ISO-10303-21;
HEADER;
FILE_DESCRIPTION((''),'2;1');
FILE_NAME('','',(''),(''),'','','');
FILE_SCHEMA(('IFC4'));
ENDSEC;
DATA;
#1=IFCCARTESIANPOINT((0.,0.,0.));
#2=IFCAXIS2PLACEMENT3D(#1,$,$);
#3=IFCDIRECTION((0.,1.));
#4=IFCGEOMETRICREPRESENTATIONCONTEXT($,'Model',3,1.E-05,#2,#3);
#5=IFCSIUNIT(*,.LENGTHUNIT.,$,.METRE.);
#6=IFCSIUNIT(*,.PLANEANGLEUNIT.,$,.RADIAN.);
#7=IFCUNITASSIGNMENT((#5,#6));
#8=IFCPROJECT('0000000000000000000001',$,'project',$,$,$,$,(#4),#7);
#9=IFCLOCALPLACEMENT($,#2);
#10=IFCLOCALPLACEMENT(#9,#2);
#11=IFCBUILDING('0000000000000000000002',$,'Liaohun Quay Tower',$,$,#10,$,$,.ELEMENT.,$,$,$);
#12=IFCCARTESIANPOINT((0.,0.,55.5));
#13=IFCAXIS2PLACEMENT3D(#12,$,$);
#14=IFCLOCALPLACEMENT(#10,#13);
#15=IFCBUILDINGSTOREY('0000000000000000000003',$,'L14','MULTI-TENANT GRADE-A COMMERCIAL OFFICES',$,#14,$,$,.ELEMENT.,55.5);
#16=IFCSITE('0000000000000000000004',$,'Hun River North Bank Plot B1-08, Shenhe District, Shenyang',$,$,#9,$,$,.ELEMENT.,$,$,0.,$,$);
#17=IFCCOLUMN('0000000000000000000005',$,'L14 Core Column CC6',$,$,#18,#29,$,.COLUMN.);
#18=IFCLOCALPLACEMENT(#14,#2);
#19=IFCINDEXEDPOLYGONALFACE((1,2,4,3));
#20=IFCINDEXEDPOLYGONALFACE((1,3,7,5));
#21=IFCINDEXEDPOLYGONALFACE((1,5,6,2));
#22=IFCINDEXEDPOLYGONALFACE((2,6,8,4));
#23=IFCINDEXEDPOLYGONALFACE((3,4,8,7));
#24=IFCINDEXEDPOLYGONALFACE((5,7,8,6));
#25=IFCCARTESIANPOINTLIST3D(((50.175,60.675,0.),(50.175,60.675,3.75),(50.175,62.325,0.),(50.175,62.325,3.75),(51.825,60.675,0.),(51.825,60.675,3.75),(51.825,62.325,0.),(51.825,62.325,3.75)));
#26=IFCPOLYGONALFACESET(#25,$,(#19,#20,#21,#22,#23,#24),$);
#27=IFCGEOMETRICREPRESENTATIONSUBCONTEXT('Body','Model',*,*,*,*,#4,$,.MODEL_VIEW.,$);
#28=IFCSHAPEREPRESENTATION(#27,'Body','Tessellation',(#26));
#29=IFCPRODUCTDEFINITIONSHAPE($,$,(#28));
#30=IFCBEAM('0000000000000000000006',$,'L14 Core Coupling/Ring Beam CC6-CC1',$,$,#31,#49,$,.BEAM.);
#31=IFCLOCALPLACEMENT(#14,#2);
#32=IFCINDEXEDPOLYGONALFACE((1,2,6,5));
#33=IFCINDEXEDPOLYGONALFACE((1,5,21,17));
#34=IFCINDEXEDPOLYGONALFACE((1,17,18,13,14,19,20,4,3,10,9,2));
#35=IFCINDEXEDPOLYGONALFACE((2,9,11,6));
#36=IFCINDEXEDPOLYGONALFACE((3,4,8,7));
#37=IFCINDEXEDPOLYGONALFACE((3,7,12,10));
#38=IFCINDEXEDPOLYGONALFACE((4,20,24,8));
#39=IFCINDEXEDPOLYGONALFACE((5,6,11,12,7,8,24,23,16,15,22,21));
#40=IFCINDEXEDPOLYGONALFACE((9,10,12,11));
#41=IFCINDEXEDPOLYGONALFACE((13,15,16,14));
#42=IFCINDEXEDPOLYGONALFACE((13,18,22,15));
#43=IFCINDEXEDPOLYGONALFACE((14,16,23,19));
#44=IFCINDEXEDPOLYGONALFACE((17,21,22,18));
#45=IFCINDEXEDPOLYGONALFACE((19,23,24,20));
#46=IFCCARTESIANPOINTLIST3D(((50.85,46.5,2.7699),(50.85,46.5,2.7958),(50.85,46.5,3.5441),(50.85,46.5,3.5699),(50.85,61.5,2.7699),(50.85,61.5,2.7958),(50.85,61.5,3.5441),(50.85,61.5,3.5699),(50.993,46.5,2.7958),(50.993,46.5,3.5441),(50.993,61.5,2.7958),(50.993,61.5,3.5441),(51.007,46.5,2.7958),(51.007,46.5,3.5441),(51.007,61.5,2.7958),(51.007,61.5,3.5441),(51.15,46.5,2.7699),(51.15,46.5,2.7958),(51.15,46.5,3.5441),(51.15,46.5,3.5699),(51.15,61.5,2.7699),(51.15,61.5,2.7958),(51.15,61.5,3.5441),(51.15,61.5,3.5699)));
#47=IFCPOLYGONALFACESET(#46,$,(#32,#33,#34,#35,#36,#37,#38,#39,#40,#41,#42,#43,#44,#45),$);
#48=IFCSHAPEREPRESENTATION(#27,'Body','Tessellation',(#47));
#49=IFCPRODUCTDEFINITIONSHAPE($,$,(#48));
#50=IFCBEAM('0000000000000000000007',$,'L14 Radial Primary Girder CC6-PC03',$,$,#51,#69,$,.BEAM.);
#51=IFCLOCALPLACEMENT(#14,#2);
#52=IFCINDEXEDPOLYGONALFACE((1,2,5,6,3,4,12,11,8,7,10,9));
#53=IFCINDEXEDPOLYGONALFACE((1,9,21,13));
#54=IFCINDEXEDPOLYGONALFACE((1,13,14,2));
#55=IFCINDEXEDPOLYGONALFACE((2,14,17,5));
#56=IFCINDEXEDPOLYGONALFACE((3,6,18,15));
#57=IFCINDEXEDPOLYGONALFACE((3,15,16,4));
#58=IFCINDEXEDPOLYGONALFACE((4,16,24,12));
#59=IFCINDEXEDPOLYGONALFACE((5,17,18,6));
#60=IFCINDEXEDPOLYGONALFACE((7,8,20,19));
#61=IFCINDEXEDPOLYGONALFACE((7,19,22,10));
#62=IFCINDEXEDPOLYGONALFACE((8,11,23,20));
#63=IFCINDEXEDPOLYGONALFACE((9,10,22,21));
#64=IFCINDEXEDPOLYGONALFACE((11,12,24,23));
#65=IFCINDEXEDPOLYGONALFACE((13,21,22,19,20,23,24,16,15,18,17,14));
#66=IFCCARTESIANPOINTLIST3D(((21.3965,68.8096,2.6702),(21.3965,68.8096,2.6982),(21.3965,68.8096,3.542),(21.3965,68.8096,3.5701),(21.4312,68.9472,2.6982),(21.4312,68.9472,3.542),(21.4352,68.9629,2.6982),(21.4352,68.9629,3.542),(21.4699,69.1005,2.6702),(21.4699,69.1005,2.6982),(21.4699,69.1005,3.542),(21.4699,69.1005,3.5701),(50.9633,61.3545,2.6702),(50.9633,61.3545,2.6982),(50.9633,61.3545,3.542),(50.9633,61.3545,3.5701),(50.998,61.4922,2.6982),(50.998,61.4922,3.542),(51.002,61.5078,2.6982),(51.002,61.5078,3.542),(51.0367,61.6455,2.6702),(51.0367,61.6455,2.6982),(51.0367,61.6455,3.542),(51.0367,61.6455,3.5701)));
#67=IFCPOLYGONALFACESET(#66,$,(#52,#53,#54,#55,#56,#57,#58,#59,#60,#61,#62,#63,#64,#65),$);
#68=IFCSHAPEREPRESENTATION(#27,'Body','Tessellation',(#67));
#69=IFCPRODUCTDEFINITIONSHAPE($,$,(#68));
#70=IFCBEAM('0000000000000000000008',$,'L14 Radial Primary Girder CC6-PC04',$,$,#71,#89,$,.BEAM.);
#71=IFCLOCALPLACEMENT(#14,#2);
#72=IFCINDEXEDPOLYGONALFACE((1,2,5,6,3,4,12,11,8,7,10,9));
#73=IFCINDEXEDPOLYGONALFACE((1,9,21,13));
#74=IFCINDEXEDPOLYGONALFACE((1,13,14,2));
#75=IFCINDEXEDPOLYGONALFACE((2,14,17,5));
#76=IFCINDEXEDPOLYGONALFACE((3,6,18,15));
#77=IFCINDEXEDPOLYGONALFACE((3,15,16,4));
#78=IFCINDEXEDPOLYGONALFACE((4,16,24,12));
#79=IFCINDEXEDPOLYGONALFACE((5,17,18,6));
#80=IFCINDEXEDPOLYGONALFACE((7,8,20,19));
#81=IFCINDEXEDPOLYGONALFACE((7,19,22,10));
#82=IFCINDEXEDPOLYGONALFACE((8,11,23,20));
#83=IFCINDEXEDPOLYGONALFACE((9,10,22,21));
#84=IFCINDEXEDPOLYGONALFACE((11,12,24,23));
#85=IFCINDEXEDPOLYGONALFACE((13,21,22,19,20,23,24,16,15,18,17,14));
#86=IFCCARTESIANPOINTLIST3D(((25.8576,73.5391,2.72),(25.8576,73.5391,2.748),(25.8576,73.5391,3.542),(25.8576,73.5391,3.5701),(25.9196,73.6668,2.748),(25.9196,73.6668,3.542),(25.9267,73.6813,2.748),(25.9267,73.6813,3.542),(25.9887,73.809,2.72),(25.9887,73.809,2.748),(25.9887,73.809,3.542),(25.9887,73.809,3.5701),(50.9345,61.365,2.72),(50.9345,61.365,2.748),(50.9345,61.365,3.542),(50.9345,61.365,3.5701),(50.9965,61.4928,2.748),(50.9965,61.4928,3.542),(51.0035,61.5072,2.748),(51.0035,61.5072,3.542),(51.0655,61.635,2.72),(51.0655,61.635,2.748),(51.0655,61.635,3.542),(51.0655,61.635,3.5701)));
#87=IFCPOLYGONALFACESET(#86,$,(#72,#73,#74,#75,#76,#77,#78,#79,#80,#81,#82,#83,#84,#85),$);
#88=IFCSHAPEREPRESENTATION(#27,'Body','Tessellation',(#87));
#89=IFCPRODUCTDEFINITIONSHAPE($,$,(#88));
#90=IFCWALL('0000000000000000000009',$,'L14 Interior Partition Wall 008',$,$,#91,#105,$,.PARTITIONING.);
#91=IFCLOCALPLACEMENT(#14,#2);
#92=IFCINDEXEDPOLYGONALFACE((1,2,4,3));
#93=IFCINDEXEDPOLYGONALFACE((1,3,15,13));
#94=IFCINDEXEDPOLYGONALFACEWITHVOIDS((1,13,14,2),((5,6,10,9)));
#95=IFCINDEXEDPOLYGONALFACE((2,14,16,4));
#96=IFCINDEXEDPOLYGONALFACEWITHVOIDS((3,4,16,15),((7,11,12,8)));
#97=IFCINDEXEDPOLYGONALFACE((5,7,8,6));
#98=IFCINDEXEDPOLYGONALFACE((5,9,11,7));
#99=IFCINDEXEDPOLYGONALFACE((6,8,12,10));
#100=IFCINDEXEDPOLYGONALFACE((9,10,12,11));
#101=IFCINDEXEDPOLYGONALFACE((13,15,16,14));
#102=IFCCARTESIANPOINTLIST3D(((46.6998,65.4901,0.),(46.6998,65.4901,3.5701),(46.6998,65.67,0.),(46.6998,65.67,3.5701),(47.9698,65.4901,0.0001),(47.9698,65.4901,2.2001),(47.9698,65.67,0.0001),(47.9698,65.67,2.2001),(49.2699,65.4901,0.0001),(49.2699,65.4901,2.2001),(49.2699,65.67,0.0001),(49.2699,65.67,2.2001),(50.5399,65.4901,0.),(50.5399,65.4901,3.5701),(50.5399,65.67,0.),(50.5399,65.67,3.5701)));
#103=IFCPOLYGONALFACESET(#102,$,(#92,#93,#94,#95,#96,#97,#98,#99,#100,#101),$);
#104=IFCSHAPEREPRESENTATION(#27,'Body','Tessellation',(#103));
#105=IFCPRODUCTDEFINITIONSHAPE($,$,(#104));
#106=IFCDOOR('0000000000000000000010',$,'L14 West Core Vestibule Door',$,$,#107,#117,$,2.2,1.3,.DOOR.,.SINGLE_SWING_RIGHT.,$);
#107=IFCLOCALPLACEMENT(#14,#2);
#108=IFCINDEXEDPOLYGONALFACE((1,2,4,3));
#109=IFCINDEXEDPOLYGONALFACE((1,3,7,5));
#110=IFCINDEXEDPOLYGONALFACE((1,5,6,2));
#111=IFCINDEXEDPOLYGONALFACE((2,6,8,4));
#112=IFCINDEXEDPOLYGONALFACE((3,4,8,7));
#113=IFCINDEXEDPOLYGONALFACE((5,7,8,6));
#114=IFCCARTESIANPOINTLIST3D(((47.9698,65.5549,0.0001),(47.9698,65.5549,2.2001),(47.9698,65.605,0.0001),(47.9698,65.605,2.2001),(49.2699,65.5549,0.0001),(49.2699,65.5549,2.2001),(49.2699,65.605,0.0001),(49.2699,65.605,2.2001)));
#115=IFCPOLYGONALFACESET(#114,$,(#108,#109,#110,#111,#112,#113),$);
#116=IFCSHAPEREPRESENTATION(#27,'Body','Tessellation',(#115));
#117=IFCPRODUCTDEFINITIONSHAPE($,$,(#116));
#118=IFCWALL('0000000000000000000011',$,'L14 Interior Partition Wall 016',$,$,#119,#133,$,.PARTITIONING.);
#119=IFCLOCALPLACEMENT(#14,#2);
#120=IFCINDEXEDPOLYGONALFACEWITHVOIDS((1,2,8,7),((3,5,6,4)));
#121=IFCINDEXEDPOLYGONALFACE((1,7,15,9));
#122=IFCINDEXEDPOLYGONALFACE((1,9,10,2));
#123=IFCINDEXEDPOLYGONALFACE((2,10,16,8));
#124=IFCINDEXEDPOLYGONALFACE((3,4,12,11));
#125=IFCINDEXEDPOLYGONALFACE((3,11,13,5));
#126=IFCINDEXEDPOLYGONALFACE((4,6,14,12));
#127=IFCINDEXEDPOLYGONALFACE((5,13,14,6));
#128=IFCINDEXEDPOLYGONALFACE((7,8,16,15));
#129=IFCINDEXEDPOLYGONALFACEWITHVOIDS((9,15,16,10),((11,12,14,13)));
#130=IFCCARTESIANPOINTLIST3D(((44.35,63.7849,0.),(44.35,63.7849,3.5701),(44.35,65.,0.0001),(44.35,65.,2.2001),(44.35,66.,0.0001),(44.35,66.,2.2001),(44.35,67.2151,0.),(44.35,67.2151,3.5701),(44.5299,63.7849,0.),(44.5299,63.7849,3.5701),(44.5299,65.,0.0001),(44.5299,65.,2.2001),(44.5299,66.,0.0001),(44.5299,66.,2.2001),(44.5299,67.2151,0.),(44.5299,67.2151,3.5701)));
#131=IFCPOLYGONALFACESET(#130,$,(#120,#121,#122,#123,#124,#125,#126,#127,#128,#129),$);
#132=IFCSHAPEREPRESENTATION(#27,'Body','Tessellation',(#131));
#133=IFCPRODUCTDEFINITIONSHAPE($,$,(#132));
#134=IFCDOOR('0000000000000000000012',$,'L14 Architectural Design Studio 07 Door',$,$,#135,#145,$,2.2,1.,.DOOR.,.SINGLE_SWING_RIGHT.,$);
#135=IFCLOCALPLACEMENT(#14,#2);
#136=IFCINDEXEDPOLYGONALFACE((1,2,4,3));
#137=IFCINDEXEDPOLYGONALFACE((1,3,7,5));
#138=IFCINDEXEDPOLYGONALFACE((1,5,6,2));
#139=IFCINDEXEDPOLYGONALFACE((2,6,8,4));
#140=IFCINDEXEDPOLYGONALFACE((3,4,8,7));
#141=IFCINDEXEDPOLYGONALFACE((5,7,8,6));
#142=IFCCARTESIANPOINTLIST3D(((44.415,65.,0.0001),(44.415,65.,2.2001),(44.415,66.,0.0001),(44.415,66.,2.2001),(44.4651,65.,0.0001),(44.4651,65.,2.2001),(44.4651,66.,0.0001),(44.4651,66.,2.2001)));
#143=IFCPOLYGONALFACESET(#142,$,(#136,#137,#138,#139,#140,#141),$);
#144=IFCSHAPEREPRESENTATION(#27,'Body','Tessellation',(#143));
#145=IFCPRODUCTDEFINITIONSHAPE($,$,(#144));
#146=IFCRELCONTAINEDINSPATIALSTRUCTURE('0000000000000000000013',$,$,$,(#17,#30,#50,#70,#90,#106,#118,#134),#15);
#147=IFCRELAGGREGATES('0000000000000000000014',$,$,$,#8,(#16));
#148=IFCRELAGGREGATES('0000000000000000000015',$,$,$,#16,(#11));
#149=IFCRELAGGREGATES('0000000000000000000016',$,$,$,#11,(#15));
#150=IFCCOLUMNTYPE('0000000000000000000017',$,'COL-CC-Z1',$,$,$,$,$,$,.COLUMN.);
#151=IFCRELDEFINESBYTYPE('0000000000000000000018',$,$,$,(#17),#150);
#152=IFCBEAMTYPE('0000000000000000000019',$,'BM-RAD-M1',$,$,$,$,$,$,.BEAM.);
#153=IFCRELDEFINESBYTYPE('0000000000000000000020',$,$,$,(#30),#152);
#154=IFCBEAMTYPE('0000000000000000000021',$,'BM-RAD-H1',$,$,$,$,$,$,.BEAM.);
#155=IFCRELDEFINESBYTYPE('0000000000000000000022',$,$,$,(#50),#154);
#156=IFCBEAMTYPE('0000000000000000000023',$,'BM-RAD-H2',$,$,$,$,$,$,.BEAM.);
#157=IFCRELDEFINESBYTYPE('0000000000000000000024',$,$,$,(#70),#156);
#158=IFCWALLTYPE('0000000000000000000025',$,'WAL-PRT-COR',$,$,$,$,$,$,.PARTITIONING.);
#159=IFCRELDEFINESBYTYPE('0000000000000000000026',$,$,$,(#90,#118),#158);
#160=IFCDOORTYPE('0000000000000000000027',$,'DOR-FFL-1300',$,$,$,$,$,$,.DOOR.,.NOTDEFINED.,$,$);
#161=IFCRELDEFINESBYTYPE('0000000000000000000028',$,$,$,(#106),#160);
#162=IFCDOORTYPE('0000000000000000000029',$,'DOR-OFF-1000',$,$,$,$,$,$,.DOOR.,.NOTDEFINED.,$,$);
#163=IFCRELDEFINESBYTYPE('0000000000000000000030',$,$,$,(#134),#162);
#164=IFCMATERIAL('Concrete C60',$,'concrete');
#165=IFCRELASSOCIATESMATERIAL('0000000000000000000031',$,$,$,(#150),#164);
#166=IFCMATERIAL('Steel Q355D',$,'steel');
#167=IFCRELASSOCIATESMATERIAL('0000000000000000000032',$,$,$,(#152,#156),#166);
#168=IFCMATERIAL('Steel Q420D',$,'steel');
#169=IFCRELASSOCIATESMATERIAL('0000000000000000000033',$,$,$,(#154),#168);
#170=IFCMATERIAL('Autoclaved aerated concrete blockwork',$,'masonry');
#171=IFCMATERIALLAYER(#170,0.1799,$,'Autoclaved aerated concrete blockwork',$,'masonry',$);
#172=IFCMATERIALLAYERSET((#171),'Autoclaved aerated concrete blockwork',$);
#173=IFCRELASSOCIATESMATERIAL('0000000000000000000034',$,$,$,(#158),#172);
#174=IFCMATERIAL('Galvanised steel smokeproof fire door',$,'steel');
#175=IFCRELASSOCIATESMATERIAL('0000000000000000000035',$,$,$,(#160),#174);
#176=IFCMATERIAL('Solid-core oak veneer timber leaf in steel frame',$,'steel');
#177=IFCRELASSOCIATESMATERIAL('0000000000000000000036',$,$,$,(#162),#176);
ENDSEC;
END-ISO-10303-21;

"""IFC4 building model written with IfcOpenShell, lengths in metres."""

from ifc_helpers import new_model, si_unit, direction, frame, frame_2d, origin, origin_2d, place, context, subcontext, project, spatial, rectangle, i_section, extrude, source, transform, mapped, material, layer, layer_set, material_profile, profile_set, type_object, element, fill, save


model = new_model("IFC4")

# Units and contexts
model_context = context("Model", 3, precision=1e-05, world=origin(), true_north=direction((0.0, 1.0)))
body_context = subcontext(model_context, "Body", "Model", "MODEL_VIEW")
ifc_project = project(units=[si_unit("LENGTHUNIT", "METRE"), si_unit("PLANEANGLEUNIT", "RADIAN")], contexts=[model_context])

# Site, building, storey
site_placement = place(None, origin())
site = spatial("IfcSite", under=ifc_project, at=site_placement, Name="Hun River North Bank Plot B1-08, Shenhe District, Shenyang", CompositionType="ELEMENT", RefElevation=0.0)
building_placement = place(site_placement, origin())
building = spatial("IfcBuilding", under=site, at=building_placement, Name="Liaohun Quay Tower", CompositionType="ELEMENT")
storey_placement = place(building_placement, frame((0.0, 0.0, 55.5)))
storey = spatial("IfcBuildingStorey", under=building, at=storey_placement, Name="L14", Description="MULTI-TENANT GRADE-A COMMERCIAL OFFICES", CompositionType="ELEMENT", Elevation=55.5)

# Column
ifc_material_1 = material(Name="Concrete C60", Category="concrete")
ifc_material_profile_1 = material_profile(ifc_material_1, rectangle(XDim=1.6499, YDim=1.6499, at=origin_2d()), Name="RC1650x1650")
ifc_profile_set_1 = profile_set([ifc_material_profile_1], Name="Concrete C60")
column_type = type_object("IfcColumnType", Name="COL-CC-Z1", PredefinedType="COLUMN", material=ifc_profile_set_1)
shared_shape_1 = source(origin(), body_context, "Body", "SweptSolid", [
    extrude(rectangle(XDim=1.6499, YDim=1.6499, at=origin_2d()), origin(), (0.0, 0.0, 1.0), 3.75),
])
column_placement = place(storey_placement, frame((51.0, 61.5, 0.0), z_axis=(0.0, 0.0, 1.0), x_axis=(1.0, 0.0, 0.0)))
element("IfcColumn", 1, at=column_placement, inside=storey, type_object=column_type, Name="L14 Core Column CC6", PredefinedType="COLUMN", context=body_context, shape_type="MappedRepresentation", body=[
    mapped(shared_shape_1, transform((0.0, 0.0, 0.0), x_axis=(1.0, 0.0, 0.0), y_axis=(0.0, 1.0, 0.0), z_axis=(0.0, 0.0, 1.0), scale=1.0)),
])

# Beams
ifc_material_2 = material(Name="Steel Q355D", Category="steel")
ifc_material_profile_2 = material_profile(ifc_material_2, i_section(OverallWidth=0.3, OverallDepth=0.8, WebThickness=0.0139, FlangeThickness=0.0259, at=origin_2d()), Name="HN800x300x14x26")
ifc_profile_set_2 = profile_set([ifc_material_profile_2], Name="Steel Q355D")
beam_type_1 = type_object("IfcBeamType", Name="BM-RAD-M1", PredefinedType="BEAM", material=ifc_profile_set_2)
shared_shape_2 = source(origin(), body_context, "Body", "SweptSolid", [
    extrude(i_section(OverallWidth=0.3, OverallDepth=0.8, WebThickness=0.0139, FlangeThickness=0.0259, at=origin_2d()), origin(), (0.0, 0.0, 1.0), 15.0),
])
beam_1_placement = place(storey_placement, frame((51.0, 61.5, 3.1699), z_axis=(0.0, -1.0, 0.0), x_axis=(1.0, 0.0, 0.0)))
element("IfcBeam", 2, at=beam_1_placement, inside=storey, type_object=beam_type_1, Name="L14 Core Coupling/Ring Beam CC6-CC1", PredefinedType="BEAM", context=body_context, shape_type="MappedRepresentation", body=[
    mapped(shared_shape_2, transform((0.0, 0.0, 0.0), x_axis=(1.0, 0.0, 0.0), y_axis=(0.0, 1.0, 0.0), z_axis=(0.0, 0.0, 1.0), scale=1.0)),
])
ifc_material_3 = material(Name="Steel Q420D", Category="steel")
ifc_material_profile_3 = material_profile(ifc_material_3, i_section(OverallWidth=0.3, OverallDepth=0.8999, WebThickness=0.0161, FlangeThickness=0.0281, at=origin_2d()), Name="HN900x300x16x28")
ifc_profile_set_3 = profile_set([ifc_material_profile_3], Name="Steel Q420D")
beam_type_2 = type_object("IfcBeamType", Name="BM-RAD-H1", PredefinedType="BEAM", material=ifc_profile_set_3)
shared_shape_3 = source(origin(), body_context, "Body", "SweptSolid", [
    extrude(i_section(OverallWidth=0.3, OverallDepth=0.8999, WebThickness=0.0161, FlangeThickness=0.0281, at=origin_2d()), origin(), (0.0, 0.0, 1.0), 30.4922),
])
beam_2_placement = place(storey_placement, frame((51.0, 61.5, 3.1201), z_axis=(-0.969652, 0.244491, 0.0), x_axis=(-0.244491, -0.969652, 0.0)))
element("IfcBeam", 3, at=beam_2_placement, inside=storey, type_object=beam_type_2, Name="L14 Radial Primary Girder CC6-PC03", PredefinedType="BEAM", context=body_context, shape_type="MappedRepresentation", body=[
    mapped(shared_shape_3, transform((0.0, 0.0, 0.0), x_axis=(1.0, 0.0, 0.0), y_axis=(0.0, 1.0, 0.0), z_axis=(0.0, 0.0, 1.0), scale=1.0)),
])
ifc_material_profile_4 = material_profile(ifc_material_2, i_section(OverallWidth=0.3, OverallDepth=0.8501, WebThickness=0.0161, FlangeThickness=0.0281, at=origin_2d()), Name="HN850x300x16x28")
ifc_profile_set_4 = profile_set([ifc_material_profile_4], Name="Steel Q355D")
beam_type_3 = type_object("IfcBeamType", Name="BM-RAD-H2", PredefinedType="BEAM", material=ifc_profile_set_4)
shared_shape_4 = source(origin(), body_context, "Body", "SweptSolid", [
    extrude(i_section(OverallWidth=0.3, OverallDepth=0.8501, WebThickness=0.0161, FlangeThickness=0.0281, at=origin_2d()), origin(), (0.0, 0.0, 1.0), 27.8757),
])
beam_3_placement = place(storey_placement, frame((51.0, 61.5, 3.145), z_axis=(-0.899595, 0.436726, 0.0), x_axis=(-0.436726, -0.899595, 0.0)))
element("IfcBeam", 4, at=beam_3_placement, inside=storey, type_object=beam_type_3, Name="L14 Radial Primary Girder CC6-PC04", PredefinedType="BEAM", context=body_context, shape_type="MappedRepresentation", body=[
    mapped(shared_shape_4, transform((0.0, 0.0, 0.0), x_axis=(1.0, 0.0, 0.0), y_axis=(0.0, 1.0, 0.0), z_axis=(0.0, 0.0, 1.0), scale=1.0)),
])

# Walls, openings, doors
ifc_material_4 = material(Name="Autoclaved aerated concrete blockwork", Category="masonry")
ifc_layer_1 = layer(ifc_material_4, 0.1799, Name="Autoclaved aerated concrete blockwork", Category="masonry")
ifc_layer_set_1 = layer_set([ifc_layer_1], Name="Autoclaved aerated concrete blockwork")
wall_type_1 = type_object("IfcWallType", Name="WAL-PRT-COR", PredefinedType="PARTITIONING", material=ifc_layer_set_1)
wall_1_placement = place(storey_placement, frame((46.7, 65.5801, 0.0), z_axis=(0.0, 0.0, 1.0), x_axis=(1.0, 0.0, 0.0)))
wall_1 = element("IfcWall", 5, at=wall_1_placement, inside=storey, type_object=wall_type_1, Name="L14 Interior Partition Wall 008", PredefinedType="PARTITIONING", context=body_context, shape_type="SweptSolid", body=[
    extrude(rectangle(XDim=3.8401, YDim=0.1799, at=frame_2d((1.9199, 0.0))), origin(), (0.0, 0.0, 1.0), 3.5701),
])
shared_shape_5 = source(origin(), body_context, "Body", "SweptSolid", [
    extrude(rectangle(XDim=1.3, YDim=2.2, at=frame_2d((0.6499, 1.1001))), frame((0.0, 0.0999, 0.0), z_axis=(0.0, -1.0, 0.0), x_axis=(1.0, 0.0, 0.0)), (0.0, 0.0, 1.0), 0.2),
])
opening_1_placement = place(wall_1_placement, frame((1.27, 0.0, 0.0)))
opening_1 = element("IfcOpeningElement", 6, at=opening_1_placement, cuts=wall_1, PredefinedType="OPENING", context=body_context, shape_type="MappedRepresentation", body=[
    mapped(shared_shape_5, transform((0.0, 0.0, 0.0), x_axis=(1.0, 0.0, 0.0), y_axis=(0.0, 1.0, 0.0), z_axis=(0.0, 0.0, 1.0), scale=1.0)),
])
ifc_material_5 = material(Name="Galvanised steel smokeproof fire door", Category="steel")
door_type_1 = type_object("IfcDoorType", Name="DOR-FFL-1300", OperationType="NOTDEFINED", PredefinedType="DOOR", material=ifc_material_5)
shared_shape_6 = source(origin(), body_context, "Body", "SweptSolid", [
    extrude(rectangle(XDim=1.3, YDim=2.2, at=frame_2d((0.6499, 1.1001))), frame((0.0, 0.0249, 0.0), z_axis=(0.0, -1.0, 0.0), x_axis=(1.0, 0.0, 0.0)), (0.0, 0.0, 1.0), 0.05),
])
door_1_placement = place(opening_1_placement, origin())
door_1 = element("IfcDoor", 7, at=door_1_placement, inside=storey, type_object=door_type_1, Name="L14 West Core Vestibule Door", OperationType="SINGLE_SWING_RIGHT", OverallHeight=2.2, OverallWidth=1.3, PredefinedType="DOOR", context=body_context, shape_type="MappedRepresentation", body=[
    mapped(shared_shape_6, transform((0.0, 0.0, 0.0), x_axis=(1.0, 0.0, 0.0), y_axis=(0.0, 1.0, 0.0), z_axis=(0.0, 0.0, 1.0), scale=1.0)),
])
fill(opening_1, door_1)
wall_2_placement = place(storey_placement, frame((44.4399, 63.7849, 0.0), z_axis=(0.0, 0.0, 1.0), x_axis=(0.0, 1.0, 0.0)))
wall_2 = element("IfcWall", 8, at=wall_2_placement, inside=storey, type_object=wall_type_1, Name="L14 Interior Partition Wall 016", PredefinedType="PARTITIONING", context=body_context, shape_type="SweptSolid", body=[
    extrude(rectangle(XDim=3.4302, YDim=0.1799, at=frame_2d((1.7151, 0.0))), origin(), (0.0, 0.0, 1.0), 3.5701),
])
shared_shape_7 = source(origin(), body_context, "Body", "SweptSolid", [
    extrude(rectangle(XDim=1.0, YDim=2.2, at=frame_2d((0.5, 1.1001))), frame((0.0, 0.0999, 0.0), z_axis=(0.0, -1.0, 0.0), x_axis=(1.0, 0.0, 0.0)), (0.0, 0.0, 1.0), 0.2),
])
opening_2_placement = place(wall_2_placement, frame((1.2151, 0.0, 0.0)))
opening_2 = element("IfcOpeningElement", 9, at=opening_2_placement, cuts=wall_2, PredefinedType="OPENING", context=body_context, shape_type="MappedRepresentation", body=[
    mapped(shared_shape_7, transform((0.0, 0.0, 0.0), x_axis=(1.0, 0.0, 0.0), y_axis=(0.0, 1.0, 0.0), z_axis=(0.0, 0.0, 1.0), scale=1.0)),
])
ifc_material_6 = material(Name="Solid-core oak veneer timber leaf in steel frame", Category="steel")
door_type_2 = type_object("IfcDoorType", Name="DOR-OFF-1000", OperationType="NOTDEFINED", PredefinedType="DOOR", material=ifc_material_6)
shared_shape_8 = source(origin(), body_context, "Body", "SweptSolid", [
    extrude(rectangle(XDim=1.0, YDim=2.2, at=frame_2d((0.5, 1.1001))), frame((0.0, 0.0249, 0.0), z_axis=(0.0, -1.0, 0.0), x_axis=(1.0, 0.0, 0.0)), (0.0, 0.0, 1.0), 0.05),
])
door_2_placement = place(opening_2_placement, origin())
door_2 = element("IfcDoor", 10, at=door_2_placement, inside=storey, type_object=door_type_2, Name="L14 Architectural Design Studio 07 Door", OperationType="SINGLE_SWING_RIGHT", OverallHeight=2.2, OverallWidth=1.0, PredefinedType="DOOR", context=body_context, shape_type="MappedRepresentation", body=[
    mapped(shared_shape_8, transform((0.0, 0.0, 0.0), x_axis=(1.0, 0.0, 0.0), y_axis=(0.0, 1.0, 0.0), z_axis=(0.0, 0.0, 1.0), scale=1.0)),
])
fill(opening_2, door_2)

save(model, "model.ifc")
